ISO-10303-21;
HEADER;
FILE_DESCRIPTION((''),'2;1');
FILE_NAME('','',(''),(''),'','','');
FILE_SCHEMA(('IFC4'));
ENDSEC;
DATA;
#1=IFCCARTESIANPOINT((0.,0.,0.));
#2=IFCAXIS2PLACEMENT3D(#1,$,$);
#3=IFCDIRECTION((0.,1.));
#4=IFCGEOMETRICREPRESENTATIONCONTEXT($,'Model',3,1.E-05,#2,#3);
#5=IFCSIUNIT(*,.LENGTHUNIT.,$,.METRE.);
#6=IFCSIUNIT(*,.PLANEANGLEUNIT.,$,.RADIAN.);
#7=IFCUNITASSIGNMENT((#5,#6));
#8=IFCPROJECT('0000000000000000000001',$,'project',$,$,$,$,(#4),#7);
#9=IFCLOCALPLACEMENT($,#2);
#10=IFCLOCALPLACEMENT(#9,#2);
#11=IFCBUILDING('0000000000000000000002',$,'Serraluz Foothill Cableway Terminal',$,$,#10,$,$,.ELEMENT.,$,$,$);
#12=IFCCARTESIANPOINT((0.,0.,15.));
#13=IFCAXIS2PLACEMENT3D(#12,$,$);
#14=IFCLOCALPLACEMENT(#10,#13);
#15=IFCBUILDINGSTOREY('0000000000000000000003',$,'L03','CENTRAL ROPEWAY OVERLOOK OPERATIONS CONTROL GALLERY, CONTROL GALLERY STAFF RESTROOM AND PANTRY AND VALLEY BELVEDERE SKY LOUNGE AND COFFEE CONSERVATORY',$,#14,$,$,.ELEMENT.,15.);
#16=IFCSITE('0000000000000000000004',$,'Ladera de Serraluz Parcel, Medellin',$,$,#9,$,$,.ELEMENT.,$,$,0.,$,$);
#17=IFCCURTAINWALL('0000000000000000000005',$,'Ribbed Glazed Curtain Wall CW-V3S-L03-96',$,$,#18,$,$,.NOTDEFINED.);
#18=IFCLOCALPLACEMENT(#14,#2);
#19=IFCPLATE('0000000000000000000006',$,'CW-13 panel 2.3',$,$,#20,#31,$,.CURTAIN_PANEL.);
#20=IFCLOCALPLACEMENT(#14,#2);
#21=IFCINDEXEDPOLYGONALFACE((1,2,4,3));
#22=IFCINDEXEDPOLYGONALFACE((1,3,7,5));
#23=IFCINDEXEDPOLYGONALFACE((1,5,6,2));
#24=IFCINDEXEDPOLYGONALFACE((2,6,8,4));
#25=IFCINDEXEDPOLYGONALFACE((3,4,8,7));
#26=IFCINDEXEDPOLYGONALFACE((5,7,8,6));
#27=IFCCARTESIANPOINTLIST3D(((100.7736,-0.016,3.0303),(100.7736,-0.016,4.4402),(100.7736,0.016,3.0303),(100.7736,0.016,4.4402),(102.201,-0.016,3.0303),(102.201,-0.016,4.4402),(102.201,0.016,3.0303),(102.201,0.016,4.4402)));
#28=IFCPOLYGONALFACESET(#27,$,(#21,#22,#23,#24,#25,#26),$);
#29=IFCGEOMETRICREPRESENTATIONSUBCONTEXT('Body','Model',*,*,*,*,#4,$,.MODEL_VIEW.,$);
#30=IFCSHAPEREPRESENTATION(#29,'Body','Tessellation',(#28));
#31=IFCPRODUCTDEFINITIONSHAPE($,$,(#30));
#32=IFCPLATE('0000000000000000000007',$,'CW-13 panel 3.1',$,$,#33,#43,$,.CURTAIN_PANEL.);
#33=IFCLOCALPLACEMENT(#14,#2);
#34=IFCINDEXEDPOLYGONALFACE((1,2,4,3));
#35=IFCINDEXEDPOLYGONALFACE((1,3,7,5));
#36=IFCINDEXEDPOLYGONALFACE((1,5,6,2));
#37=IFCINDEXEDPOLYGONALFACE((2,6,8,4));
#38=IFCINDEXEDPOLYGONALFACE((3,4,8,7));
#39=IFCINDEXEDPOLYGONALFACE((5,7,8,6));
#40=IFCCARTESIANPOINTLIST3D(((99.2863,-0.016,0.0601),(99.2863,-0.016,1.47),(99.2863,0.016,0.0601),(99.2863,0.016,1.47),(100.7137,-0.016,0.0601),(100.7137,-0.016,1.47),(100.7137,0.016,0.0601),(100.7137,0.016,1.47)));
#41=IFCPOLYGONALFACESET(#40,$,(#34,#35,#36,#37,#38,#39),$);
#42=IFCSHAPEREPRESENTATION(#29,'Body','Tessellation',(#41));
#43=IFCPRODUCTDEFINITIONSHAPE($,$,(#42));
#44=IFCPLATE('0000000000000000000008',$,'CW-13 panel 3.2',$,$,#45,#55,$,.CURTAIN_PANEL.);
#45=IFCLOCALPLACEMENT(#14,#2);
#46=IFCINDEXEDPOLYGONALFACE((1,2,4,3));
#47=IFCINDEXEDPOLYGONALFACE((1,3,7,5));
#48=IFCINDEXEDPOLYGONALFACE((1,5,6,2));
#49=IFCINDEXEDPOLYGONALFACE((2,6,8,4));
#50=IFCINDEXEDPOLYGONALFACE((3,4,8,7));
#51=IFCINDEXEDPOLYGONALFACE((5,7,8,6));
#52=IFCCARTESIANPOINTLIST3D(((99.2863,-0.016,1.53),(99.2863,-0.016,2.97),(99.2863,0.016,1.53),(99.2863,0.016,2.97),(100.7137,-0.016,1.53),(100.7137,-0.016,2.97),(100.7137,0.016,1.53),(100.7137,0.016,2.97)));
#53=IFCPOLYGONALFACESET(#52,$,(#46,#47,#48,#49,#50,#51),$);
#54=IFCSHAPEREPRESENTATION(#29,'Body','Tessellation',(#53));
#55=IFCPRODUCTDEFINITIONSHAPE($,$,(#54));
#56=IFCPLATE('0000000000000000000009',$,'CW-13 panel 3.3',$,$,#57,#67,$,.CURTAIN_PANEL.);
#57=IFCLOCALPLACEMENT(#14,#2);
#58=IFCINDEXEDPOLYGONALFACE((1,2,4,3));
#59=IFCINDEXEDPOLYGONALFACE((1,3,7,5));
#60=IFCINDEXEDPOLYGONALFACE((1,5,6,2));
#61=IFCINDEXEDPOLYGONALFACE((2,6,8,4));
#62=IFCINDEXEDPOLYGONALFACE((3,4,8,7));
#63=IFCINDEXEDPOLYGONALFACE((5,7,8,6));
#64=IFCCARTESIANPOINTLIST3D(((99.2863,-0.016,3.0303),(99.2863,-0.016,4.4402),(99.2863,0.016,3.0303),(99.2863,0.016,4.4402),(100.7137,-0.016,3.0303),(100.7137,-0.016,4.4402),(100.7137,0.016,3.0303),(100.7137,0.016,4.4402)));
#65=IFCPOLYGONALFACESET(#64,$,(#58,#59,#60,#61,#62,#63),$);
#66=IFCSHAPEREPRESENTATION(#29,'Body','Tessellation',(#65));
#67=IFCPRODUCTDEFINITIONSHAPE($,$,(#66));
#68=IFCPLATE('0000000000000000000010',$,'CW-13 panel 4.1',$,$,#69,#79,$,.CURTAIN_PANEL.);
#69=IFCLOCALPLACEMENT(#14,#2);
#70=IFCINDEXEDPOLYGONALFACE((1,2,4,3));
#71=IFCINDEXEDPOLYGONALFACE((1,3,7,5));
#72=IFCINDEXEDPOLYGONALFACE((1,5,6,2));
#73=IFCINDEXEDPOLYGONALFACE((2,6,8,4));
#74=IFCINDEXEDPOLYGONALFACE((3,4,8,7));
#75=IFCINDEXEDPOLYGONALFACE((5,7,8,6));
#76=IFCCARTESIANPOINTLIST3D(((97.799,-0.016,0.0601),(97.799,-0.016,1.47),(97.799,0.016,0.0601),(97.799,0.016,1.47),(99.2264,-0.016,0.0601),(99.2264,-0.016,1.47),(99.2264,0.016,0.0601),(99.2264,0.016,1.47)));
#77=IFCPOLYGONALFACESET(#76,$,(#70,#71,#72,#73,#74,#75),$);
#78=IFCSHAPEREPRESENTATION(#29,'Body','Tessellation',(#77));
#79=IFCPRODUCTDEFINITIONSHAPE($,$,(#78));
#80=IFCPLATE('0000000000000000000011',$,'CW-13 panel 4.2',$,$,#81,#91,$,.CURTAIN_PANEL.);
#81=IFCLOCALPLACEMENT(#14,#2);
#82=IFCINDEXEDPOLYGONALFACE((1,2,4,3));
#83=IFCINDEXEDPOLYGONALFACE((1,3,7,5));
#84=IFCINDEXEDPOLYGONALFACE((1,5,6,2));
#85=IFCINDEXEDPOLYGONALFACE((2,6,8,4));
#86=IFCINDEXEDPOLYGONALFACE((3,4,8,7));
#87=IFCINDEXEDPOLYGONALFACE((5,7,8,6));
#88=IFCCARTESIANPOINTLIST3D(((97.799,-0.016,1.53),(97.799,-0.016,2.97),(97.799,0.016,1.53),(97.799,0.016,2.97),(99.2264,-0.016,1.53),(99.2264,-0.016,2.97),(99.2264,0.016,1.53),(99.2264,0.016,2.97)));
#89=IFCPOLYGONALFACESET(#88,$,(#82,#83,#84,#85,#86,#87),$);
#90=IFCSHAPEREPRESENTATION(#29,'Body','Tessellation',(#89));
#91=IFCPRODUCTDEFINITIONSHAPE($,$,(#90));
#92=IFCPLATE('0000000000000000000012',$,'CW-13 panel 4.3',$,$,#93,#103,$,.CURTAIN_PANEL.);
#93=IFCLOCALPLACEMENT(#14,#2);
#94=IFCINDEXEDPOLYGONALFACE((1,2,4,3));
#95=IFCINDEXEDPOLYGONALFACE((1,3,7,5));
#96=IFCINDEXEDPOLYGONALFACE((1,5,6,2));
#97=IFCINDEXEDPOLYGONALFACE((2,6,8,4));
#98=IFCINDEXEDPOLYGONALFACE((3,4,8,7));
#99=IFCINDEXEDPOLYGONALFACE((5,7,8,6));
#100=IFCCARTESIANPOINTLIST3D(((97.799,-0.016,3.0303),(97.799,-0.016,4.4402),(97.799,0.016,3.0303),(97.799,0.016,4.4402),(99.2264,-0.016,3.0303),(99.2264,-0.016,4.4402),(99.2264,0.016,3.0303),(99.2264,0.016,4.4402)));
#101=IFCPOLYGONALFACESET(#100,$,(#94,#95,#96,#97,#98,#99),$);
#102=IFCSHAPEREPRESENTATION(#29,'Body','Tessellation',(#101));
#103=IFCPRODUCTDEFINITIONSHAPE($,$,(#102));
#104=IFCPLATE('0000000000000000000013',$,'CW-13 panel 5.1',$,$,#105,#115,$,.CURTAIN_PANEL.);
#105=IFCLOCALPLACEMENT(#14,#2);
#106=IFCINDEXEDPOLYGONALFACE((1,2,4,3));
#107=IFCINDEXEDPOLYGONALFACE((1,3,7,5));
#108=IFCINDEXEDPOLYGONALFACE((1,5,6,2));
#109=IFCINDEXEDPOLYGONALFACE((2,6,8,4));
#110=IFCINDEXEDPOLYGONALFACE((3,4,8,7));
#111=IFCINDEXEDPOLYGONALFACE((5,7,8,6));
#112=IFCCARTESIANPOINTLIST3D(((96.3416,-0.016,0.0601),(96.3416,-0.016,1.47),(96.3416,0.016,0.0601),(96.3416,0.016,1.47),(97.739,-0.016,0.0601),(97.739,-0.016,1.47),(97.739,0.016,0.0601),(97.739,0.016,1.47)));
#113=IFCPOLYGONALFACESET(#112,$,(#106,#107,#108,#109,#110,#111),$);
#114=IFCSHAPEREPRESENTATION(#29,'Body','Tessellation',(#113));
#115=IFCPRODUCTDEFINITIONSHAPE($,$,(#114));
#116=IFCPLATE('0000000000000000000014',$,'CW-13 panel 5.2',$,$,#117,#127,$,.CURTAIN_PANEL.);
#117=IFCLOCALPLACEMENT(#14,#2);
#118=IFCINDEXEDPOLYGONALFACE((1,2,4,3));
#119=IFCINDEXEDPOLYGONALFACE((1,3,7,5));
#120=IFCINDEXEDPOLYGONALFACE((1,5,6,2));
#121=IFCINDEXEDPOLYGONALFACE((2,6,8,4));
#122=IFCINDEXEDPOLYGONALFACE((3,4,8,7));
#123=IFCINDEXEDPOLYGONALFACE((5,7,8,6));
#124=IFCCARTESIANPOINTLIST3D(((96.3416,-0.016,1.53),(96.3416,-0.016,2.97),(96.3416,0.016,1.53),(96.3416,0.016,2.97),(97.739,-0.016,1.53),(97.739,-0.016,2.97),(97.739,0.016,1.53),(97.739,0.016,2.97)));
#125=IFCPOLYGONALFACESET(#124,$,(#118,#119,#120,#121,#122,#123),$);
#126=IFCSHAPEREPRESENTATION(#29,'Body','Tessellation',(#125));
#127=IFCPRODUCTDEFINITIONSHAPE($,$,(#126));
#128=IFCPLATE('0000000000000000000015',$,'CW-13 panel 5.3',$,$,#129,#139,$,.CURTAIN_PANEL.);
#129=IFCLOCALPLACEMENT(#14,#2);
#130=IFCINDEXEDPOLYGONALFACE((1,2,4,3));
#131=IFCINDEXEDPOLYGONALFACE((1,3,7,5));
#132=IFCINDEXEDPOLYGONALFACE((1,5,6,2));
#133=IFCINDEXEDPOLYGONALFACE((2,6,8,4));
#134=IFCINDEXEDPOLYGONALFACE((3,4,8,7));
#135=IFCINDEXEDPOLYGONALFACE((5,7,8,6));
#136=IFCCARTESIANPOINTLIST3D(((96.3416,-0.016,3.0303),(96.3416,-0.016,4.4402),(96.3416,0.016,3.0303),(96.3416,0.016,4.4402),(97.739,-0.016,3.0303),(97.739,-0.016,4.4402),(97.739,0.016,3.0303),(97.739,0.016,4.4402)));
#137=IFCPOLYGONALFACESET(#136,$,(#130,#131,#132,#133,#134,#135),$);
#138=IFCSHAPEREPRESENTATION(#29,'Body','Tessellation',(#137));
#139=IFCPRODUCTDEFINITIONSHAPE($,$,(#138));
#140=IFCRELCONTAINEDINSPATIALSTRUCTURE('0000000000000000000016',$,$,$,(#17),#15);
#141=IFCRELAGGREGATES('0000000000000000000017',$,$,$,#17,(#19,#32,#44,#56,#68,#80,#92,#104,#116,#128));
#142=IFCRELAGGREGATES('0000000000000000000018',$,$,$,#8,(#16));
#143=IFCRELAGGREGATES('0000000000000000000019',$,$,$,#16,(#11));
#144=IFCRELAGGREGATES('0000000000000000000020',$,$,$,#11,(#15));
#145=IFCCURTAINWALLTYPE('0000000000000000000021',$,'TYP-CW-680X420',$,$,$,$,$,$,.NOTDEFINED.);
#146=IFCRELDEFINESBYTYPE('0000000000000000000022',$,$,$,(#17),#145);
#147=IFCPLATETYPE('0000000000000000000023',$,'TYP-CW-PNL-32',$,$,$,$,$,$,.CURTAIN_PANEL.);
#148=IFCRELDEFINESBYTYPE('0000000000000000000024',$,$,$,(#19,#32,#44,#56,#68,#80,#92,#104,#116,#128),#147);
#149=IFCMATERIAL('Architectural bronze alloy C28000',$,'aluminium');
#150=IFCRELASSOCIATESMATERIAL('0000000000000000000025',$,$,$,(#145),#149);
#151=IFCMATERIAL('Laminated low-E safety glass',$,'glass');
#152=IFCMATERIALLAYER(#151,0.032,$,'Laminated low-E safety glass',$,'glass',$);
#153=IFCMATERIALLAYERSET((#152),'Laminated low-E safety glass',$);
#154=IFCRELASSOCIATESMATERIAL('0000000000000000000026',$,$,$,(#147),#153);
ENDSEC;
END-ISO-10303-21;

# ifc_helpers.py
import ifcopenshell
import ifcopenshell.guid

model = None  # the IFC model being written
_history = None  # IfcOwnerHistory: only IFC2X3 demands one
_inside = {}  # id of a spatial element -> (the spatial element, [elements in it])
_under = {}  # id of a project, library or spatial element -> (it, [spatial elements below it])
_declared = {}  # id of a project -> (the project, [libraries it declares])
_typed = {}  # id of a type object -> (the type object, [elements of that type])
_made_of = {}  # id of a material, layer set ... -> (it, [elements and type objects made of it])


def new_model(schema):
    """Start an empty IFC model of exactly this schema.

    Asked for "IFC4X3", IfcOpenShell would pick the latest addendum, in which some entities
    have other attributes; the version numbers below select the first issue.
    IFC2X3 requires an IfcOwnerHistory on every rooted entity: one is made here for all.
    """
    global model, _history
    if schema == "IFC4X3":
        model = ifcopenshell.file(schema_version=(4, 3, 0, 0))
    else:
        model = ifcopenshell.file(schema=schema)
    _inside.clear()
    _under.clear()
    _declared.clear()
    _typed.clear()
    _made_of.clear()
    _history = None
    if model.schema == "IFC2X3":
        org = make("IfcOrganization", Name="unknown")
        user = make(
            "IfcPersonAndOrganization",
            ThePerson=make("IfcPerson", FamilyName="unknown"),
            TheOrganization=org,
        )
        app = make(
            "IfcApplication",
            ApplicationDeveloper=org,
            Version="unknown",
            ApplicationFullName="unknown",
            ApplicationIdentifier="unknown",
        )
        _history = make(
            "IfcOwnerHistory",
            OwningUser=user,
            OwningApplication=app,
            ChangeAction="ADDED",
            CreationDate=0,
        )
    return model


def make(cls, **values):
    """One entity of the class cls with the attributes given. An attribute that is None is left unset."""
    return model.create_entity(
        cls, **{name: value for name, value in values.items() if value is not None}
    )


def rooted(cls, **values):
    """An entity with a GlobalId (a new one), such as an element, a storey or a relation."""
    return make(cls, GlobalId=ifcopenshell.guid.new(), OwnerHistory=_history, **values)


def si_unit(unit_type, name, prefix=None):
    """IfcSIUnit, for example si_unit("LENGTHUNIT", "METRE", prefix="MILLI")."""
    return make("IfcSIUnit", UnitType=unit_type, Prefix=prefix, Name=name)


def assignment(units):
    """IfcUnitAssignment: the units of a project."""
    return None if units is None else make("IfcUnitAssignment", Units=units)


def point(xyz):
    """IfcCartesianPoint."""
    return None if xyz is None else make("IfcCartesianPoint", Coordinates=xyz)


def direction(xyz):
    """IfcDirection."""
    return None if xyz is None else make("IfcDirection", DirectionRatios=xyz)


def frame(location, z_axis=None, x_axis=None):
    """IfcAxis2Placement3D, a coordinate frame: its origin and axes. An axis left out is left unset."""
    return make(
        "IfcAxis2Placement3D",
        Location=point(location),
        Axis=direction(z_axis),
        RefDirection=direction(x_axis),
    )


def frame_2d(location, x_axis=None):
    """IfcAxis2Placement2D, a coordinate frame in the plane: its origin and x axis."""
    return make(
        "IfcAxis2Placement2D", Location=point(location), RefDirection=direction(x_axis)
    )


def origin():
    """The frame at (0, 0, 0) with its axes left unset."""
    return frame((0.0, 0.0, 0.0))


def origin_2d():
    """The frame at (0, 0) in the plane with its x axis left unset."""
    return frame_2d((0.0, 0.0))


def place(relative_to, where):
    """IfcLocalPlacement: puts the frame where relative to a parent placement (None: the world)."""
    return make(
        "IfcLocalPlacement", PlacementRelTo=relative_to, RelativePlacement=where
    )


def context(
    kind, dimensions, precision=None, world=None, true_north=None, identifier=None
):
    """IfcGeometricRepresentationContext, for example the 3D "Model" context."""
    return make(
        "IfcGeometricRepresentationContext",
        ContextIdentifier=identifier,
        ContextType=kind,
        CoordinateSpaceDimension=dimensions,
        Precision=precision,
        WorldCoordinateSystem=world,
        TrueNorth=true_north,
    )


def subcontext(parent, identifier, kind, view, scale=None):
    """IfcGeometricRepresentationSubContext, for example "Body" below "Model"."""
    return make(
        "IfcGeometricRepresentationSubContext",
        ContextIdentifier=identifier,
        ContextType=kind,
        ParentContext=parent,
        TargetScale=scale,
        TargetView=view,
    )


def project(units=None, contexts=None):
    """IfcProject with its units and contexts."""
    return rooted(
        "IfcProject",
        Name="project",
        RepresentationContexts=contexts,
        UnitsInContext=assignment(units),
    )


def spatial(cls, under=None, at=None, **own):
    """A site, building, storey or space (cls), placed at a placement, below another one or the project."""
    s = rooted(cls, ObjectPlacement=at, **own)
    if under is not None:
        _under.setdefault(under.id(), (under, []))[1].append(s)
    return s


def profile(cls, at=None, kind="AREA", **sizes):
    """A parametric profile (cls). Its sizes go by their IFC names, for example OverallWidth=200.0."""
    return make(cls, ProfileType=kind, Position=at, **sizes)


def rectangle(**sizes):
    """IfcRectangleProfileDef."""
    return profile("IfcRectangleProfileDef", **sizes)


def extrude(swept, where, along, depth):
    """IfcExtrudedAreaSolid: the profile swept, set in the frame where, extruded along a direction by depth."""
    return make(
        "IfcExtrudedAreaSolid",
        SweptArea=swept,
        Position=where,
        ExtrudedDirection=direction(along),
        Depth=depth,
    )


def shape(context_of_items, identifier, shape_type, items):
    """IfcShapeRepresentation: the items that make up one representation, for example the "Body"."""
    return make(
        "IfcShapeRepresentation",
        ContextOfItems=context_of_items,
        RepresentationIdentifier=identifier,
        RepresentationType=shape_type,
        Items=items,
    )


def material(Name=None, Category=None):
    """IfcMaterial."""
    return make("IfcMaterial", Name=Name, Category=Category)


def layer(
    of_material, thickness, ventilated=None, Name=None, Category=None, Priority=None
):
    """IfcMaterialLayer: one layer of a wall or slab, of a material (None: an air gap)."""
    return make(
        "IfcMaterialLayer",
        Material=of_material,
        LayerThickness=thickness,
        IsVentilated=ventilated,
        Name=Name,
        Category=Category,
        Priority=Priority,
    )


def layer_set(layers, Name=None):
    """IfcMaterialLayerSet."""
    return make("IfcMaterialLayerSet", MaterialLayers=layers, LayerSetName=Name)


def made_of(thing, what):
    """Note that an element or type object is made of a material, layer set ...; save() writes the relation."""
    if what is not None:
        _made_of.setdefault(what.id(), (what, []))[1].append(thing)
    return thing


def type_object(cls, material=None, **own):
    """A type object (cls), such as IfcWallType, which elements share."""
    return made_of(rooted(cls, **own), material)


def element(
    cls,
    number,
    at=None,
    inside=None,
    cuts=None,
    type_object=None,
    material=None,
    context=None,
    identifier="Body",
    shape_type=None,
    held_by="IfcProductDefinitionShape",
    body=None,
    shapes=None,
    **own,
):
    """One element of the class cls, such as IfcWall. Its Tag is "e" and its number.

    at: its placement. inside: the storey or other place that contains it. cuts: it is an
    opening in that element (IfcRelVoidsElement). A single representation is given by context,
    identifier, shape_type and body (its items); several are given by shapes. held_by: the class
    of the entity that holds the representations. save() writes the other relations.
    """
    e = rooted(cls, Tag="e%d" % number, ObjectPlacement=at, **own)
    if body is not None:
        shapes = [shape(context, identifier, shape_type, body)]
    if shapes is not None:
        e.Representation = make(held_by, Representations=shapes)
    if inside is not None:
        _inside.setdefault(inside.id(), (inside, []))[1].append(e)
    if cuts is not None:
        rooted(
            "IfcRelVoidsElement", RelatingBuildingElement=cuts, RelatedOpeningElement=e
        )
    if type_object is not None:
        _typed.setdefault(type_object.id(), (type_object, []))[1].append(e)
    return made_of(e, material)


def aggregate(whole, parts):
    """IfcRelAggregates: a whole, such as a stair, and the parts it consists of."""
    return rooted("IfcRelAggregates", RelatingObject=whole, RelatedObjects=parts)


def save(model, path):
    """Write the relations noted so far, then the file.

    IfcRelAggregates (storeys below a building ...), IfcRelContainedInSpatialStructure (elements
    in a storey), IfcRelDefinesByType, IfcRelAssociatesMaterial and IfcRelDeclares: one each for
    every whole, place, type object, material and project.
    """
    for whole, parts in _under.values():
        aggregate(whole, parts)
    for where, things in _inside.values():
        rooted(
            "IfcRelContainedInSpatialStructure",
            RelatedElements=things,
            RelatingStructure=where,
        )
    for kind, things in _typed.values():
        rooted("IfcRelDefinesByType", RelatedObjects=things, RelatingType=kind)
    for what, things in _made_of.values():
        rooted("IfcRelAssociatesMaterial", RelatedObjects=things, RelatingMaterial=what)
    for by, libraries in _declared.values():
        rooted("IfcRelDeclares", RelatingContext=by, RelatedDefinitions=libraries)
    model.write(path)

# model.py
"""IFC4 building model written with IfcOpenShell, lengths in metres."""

from ifc_helpers import new_model, si_unit, direction, frame, origin, origin_2d, place, context, subcontext, project, spatial, rectangle, extrude, material, layer, layer_set, type_object, element, aggregate, save


model = new_model("IFC4")

# Units and contexts
model_context = context("Model", 3, precision=1e-05, world=origin(), true_north=direction((0.0, 1.0)))
body_context = subcontext(model_context, "Body", "Model", "MODEL_VIEW")
ifc_project = project(units=[si_unit("LENGTHUNIT", "METRE"), si_unit("PLANEANGLEUNIT", "RADIAN")], contexts=[model_context])

# Site, building, storey
site_placement = place(None, origin())
site = spatial("IfcSite", under=ifc_project, at=site_placement, Name="Ladera de Serraluz Parcel, Medellin", CompositionType="ELEMENT", RefElevation=0.0)
building_placement = place(site_placement, origin())
building = spatial("IfcBuilding", under=site, at=building_placement, Name="Serraluz Foothill Cableway Terminal", CompositionType="ELEMENT")
storey_placement = place(building_placement, frame((0.0, 0.0, 15.0)))
storey = spatial("IfcBuildingStorey", under=building, at=storey_placement, Name="L03", Description="CENTRAL ROPEWAY OVERLOOK OPERATIONS CONTROL GALLERY, CONTROL GALLERY STAFF RESTROOM AND PANTRY AND VALLEY BELVEDERE SKY LOUNGE AND COFFEE CONSERVATORY", CompositionType="ELEMENT", Elevation=15.0)

# Curtain wall, plates
ifc_material_1 = material(Name="Architectural bronze alloy C28000", Category="aluminium")
curtain_wall_type = type_object("IfcCurtainWallType", Name="TYP-CW-680X420", PredefinedType="NOTDEFINED", material=ifc_material_1)
curtain_wall_placement = place(storey_placement, origin())
curtain_wall = element("IfcCurtainWall", 1, at=curtain_wall_placement, inside=storey, type_object=curtain_wall_type, Name="Ribbed Glazed Curtain Wall CW-V3S-L03-96", PredefinedType="NOTDEFINED")
ifc_material_2 = material(Name="Laminated low-E safety glass", Category="glass")
ifc_layer = layer(ifc_material_2, 0.032, Name="Laminated low-E safety glass", Category="glass")
ifc_layer_set = layer_set([ifc_layer], Name="Laminated low-E safety glass")
plate_type = type_object("IfcPlateType", Name="TYP-CW-PNL-32", PredefinedType="CURTAIN_PANEL", material=ifc_layer_set)
plate_1_placement = place(storey_placement, frame((101.4873, 0.0, 3.0303), z_axis=(0.0, 0.0, 1.0), x_axis=(-1.0, 0.0, 0.0)))
plate_1 = element("IfcPlate", 2, at=plate_1_placement, type_object=plate_type, Name="CW-13 panel 2.3", PredefinedType="CURTAIN_PANEL", context=body_context, shape_type="SweptSolid", body=[
    extrude(rectangle(XDim=1.4275, YDim=0.032, at=origin_2d()), origin(), (0.0, 0.0, 1.0), 1.4099),
])
plate_2_placement = place(storey_placement, frame((100.0, 0.0, 0.0601), z_axis=(0.0, 0.0, 1.0), x_axis=(-1.0, 0.0, 0.0)))
plate_2 = element("IfcPlate", 3, at=plate_2_placement, type_object=plate_type, Name="CW-13 panel 3.1", PredefinedType="CURTAIN_PANEL", context=body_context, shape_type="SweptSolid", body=[
    extrude(rectangle(XDim=1.4275, YDim=0.032, at=origin_2d()), origin(), (0.0, 0.0, 1.0), 1.4099),
])
plate_3_placement = place(storey_placement, frame((100.0, 0.0, 1.53), z_axis=(0.0, 0.0, 1.0), x_axis=(-1.0, 0.0, 0.0)))
plate_3 = element("IfcPlate", 4, at=plate_3_placement, type_object=plate_type, Name="CW-13 panel 3.2", PredefinedType="CURTAIN_PANEL", context=body_context, shape_type="SweptSolid", body=[
    extrude(rectangle(XDim=1.4275, YDim=0.032, at=origin_2d()), origin(), (0.0, 0.0, 1.0), 1.4399),
])
plate_4_placement = place(storey_placement, frame((100.0, 0.0, 3.0303), z_axis=(0.0, 0.0, 1.0), x_axis=(-1.0, 0.0, 0.0)))
plate_4 = element("IfcPlate", 5, at=plate_4_placement, type_object=plate_type, Name="CW-13 panel 3.3", PredefinedType="CURTAIN_PANEL", context=body_context, shape_type="SweptSolid", body=[
    extrude(rectangle(XDim=1.4275, YDim=0.032, at=origin_2d()), origin(), (0.0, 0.0, 1.0), 1.4099),
])
plate_5_placement = place(storey_placement, frame((98.5127, 0.0, 0.0601), z_axis=(0.0, 0.0, 1.0), x_axis=(-1.0, 0.0, 0.0)))
plate_5 = element("IfcPlate", 6, at=plate_5_placement, type_object=plate_type, Name="CW-13 panel 4.1", PredefinedType="CURTAIN_PANEL", context=body_context, shape_type="SweptSolid", body=[
    extrude(rectangle(XDim=1.4275, YDim=0.032, at=origin_2d()), origin(), (0.0, 0.0, 1.0), 1.4099),
])
plate_6_placement = place(storey_placement, frame((98.5127, 0.0, 1.53), z_axis=(0.0, 0.0, 1.0), x_axis=(-1.0, 0.0, 0.0)))
plate_6 = element("IfcPlate", 7, at=plate_6_placement, type_object=plate_type, Name="CW-13 panel 4.2", PredefinedType="CURTAIN_PANEL", context=body_context, shape_type="SweptSolid", body=[
    extrude(rectangle(XDim=1.4275, YDim=0.032, at=origin_2d()), origin(), (0.0, 0.0, 1.0), 1.4399),
])
plate_7_placement = place(storey_placement, frame((98.5127, 0.0, 3.0303), z_axis=(0.0, 0.0, 1.0), x_axis=(-1.0, 0.0, 0.0)))
plate_7 = element("IfcPlate", 8, at=plate_7_placement, type_object=plate_type, Name="CW-13 panel 4.3", PredefinedType="CURTAIN_PANEL", context=body_context, shape_type="SweptSolid", body=[
    extrude(rectangle(XDim=1.4275, YDim=0.032, at=origin_2d()), origin(), (0.0, 0.0, 1.0), 1.4099),
])
plate_8_placement = place(storey_placement, frame((97.0403, 0.0, 0.0601), z_axis=(0.0, 0.0, 1.0), x_axis=(-1.0, 0.0, 0.0)))
plate_8 = element("IfcPlate", 9, at=plate_8_placement, type_object=plate_type, Name="CW-13 panel 5.1", PredefinedType="CURTAIN_PANEL", context=body_context, shape_type="SweptSolid", body=[
    extrude(rectangle(XDim=1.3975, YDim=0.032, at=origin_2d()), origin(), (0.0, 0.0, 1.0), 1.4099),
])
plate_9_placement = place(storey_placement, frame((97.0403, 0.0, 1.53), z_axis=(0.0, 0.0, 1.0), x_axis=(-1.0, 0.0, 0.0)))
plate_9 = element("IfcPlate", 10, at=plate_9_placement, type_object=plate_type, Name="CW-13 panel 5.2", PredefinedType="CURTAIN_PANEL", context=body_context, shape_type="SweptSolid", body=[
    extrude(rectangle(XDim=1.3975, YDim=0.032, at=origin_2d()), origin(), (0.0, 0.0, 1.0), 1.4399),
])
plate_10_placement = place(storey_placement, frame((97.0403, 0.0, 3.0303), z_axis=(0.0, 0.0, 1.0), x_axis=(-1.0, 0.0, 0.0)))
plate_10 = element("IfcPlate", 11, at=plate_10_placement, type_object=plate_type, Name="CW-13 panel 5.3", PredefinedType="CURTAIN_PANEL", context=body_context, shape_type="SweptSolid", body=[
    extrude(rectangle(XDim=1.3975, YDim=0.032, at=origin_2d()), origin(), (0.0, 0.0, 1.0), 1.4099),
])
aggregate(curtain_wall, [plate_1, plate_2, plate_3, plate_4, plate_5, plate_6, plate_7, plate_8, plate_9, plate_10])

save(model, "model.ifc")
